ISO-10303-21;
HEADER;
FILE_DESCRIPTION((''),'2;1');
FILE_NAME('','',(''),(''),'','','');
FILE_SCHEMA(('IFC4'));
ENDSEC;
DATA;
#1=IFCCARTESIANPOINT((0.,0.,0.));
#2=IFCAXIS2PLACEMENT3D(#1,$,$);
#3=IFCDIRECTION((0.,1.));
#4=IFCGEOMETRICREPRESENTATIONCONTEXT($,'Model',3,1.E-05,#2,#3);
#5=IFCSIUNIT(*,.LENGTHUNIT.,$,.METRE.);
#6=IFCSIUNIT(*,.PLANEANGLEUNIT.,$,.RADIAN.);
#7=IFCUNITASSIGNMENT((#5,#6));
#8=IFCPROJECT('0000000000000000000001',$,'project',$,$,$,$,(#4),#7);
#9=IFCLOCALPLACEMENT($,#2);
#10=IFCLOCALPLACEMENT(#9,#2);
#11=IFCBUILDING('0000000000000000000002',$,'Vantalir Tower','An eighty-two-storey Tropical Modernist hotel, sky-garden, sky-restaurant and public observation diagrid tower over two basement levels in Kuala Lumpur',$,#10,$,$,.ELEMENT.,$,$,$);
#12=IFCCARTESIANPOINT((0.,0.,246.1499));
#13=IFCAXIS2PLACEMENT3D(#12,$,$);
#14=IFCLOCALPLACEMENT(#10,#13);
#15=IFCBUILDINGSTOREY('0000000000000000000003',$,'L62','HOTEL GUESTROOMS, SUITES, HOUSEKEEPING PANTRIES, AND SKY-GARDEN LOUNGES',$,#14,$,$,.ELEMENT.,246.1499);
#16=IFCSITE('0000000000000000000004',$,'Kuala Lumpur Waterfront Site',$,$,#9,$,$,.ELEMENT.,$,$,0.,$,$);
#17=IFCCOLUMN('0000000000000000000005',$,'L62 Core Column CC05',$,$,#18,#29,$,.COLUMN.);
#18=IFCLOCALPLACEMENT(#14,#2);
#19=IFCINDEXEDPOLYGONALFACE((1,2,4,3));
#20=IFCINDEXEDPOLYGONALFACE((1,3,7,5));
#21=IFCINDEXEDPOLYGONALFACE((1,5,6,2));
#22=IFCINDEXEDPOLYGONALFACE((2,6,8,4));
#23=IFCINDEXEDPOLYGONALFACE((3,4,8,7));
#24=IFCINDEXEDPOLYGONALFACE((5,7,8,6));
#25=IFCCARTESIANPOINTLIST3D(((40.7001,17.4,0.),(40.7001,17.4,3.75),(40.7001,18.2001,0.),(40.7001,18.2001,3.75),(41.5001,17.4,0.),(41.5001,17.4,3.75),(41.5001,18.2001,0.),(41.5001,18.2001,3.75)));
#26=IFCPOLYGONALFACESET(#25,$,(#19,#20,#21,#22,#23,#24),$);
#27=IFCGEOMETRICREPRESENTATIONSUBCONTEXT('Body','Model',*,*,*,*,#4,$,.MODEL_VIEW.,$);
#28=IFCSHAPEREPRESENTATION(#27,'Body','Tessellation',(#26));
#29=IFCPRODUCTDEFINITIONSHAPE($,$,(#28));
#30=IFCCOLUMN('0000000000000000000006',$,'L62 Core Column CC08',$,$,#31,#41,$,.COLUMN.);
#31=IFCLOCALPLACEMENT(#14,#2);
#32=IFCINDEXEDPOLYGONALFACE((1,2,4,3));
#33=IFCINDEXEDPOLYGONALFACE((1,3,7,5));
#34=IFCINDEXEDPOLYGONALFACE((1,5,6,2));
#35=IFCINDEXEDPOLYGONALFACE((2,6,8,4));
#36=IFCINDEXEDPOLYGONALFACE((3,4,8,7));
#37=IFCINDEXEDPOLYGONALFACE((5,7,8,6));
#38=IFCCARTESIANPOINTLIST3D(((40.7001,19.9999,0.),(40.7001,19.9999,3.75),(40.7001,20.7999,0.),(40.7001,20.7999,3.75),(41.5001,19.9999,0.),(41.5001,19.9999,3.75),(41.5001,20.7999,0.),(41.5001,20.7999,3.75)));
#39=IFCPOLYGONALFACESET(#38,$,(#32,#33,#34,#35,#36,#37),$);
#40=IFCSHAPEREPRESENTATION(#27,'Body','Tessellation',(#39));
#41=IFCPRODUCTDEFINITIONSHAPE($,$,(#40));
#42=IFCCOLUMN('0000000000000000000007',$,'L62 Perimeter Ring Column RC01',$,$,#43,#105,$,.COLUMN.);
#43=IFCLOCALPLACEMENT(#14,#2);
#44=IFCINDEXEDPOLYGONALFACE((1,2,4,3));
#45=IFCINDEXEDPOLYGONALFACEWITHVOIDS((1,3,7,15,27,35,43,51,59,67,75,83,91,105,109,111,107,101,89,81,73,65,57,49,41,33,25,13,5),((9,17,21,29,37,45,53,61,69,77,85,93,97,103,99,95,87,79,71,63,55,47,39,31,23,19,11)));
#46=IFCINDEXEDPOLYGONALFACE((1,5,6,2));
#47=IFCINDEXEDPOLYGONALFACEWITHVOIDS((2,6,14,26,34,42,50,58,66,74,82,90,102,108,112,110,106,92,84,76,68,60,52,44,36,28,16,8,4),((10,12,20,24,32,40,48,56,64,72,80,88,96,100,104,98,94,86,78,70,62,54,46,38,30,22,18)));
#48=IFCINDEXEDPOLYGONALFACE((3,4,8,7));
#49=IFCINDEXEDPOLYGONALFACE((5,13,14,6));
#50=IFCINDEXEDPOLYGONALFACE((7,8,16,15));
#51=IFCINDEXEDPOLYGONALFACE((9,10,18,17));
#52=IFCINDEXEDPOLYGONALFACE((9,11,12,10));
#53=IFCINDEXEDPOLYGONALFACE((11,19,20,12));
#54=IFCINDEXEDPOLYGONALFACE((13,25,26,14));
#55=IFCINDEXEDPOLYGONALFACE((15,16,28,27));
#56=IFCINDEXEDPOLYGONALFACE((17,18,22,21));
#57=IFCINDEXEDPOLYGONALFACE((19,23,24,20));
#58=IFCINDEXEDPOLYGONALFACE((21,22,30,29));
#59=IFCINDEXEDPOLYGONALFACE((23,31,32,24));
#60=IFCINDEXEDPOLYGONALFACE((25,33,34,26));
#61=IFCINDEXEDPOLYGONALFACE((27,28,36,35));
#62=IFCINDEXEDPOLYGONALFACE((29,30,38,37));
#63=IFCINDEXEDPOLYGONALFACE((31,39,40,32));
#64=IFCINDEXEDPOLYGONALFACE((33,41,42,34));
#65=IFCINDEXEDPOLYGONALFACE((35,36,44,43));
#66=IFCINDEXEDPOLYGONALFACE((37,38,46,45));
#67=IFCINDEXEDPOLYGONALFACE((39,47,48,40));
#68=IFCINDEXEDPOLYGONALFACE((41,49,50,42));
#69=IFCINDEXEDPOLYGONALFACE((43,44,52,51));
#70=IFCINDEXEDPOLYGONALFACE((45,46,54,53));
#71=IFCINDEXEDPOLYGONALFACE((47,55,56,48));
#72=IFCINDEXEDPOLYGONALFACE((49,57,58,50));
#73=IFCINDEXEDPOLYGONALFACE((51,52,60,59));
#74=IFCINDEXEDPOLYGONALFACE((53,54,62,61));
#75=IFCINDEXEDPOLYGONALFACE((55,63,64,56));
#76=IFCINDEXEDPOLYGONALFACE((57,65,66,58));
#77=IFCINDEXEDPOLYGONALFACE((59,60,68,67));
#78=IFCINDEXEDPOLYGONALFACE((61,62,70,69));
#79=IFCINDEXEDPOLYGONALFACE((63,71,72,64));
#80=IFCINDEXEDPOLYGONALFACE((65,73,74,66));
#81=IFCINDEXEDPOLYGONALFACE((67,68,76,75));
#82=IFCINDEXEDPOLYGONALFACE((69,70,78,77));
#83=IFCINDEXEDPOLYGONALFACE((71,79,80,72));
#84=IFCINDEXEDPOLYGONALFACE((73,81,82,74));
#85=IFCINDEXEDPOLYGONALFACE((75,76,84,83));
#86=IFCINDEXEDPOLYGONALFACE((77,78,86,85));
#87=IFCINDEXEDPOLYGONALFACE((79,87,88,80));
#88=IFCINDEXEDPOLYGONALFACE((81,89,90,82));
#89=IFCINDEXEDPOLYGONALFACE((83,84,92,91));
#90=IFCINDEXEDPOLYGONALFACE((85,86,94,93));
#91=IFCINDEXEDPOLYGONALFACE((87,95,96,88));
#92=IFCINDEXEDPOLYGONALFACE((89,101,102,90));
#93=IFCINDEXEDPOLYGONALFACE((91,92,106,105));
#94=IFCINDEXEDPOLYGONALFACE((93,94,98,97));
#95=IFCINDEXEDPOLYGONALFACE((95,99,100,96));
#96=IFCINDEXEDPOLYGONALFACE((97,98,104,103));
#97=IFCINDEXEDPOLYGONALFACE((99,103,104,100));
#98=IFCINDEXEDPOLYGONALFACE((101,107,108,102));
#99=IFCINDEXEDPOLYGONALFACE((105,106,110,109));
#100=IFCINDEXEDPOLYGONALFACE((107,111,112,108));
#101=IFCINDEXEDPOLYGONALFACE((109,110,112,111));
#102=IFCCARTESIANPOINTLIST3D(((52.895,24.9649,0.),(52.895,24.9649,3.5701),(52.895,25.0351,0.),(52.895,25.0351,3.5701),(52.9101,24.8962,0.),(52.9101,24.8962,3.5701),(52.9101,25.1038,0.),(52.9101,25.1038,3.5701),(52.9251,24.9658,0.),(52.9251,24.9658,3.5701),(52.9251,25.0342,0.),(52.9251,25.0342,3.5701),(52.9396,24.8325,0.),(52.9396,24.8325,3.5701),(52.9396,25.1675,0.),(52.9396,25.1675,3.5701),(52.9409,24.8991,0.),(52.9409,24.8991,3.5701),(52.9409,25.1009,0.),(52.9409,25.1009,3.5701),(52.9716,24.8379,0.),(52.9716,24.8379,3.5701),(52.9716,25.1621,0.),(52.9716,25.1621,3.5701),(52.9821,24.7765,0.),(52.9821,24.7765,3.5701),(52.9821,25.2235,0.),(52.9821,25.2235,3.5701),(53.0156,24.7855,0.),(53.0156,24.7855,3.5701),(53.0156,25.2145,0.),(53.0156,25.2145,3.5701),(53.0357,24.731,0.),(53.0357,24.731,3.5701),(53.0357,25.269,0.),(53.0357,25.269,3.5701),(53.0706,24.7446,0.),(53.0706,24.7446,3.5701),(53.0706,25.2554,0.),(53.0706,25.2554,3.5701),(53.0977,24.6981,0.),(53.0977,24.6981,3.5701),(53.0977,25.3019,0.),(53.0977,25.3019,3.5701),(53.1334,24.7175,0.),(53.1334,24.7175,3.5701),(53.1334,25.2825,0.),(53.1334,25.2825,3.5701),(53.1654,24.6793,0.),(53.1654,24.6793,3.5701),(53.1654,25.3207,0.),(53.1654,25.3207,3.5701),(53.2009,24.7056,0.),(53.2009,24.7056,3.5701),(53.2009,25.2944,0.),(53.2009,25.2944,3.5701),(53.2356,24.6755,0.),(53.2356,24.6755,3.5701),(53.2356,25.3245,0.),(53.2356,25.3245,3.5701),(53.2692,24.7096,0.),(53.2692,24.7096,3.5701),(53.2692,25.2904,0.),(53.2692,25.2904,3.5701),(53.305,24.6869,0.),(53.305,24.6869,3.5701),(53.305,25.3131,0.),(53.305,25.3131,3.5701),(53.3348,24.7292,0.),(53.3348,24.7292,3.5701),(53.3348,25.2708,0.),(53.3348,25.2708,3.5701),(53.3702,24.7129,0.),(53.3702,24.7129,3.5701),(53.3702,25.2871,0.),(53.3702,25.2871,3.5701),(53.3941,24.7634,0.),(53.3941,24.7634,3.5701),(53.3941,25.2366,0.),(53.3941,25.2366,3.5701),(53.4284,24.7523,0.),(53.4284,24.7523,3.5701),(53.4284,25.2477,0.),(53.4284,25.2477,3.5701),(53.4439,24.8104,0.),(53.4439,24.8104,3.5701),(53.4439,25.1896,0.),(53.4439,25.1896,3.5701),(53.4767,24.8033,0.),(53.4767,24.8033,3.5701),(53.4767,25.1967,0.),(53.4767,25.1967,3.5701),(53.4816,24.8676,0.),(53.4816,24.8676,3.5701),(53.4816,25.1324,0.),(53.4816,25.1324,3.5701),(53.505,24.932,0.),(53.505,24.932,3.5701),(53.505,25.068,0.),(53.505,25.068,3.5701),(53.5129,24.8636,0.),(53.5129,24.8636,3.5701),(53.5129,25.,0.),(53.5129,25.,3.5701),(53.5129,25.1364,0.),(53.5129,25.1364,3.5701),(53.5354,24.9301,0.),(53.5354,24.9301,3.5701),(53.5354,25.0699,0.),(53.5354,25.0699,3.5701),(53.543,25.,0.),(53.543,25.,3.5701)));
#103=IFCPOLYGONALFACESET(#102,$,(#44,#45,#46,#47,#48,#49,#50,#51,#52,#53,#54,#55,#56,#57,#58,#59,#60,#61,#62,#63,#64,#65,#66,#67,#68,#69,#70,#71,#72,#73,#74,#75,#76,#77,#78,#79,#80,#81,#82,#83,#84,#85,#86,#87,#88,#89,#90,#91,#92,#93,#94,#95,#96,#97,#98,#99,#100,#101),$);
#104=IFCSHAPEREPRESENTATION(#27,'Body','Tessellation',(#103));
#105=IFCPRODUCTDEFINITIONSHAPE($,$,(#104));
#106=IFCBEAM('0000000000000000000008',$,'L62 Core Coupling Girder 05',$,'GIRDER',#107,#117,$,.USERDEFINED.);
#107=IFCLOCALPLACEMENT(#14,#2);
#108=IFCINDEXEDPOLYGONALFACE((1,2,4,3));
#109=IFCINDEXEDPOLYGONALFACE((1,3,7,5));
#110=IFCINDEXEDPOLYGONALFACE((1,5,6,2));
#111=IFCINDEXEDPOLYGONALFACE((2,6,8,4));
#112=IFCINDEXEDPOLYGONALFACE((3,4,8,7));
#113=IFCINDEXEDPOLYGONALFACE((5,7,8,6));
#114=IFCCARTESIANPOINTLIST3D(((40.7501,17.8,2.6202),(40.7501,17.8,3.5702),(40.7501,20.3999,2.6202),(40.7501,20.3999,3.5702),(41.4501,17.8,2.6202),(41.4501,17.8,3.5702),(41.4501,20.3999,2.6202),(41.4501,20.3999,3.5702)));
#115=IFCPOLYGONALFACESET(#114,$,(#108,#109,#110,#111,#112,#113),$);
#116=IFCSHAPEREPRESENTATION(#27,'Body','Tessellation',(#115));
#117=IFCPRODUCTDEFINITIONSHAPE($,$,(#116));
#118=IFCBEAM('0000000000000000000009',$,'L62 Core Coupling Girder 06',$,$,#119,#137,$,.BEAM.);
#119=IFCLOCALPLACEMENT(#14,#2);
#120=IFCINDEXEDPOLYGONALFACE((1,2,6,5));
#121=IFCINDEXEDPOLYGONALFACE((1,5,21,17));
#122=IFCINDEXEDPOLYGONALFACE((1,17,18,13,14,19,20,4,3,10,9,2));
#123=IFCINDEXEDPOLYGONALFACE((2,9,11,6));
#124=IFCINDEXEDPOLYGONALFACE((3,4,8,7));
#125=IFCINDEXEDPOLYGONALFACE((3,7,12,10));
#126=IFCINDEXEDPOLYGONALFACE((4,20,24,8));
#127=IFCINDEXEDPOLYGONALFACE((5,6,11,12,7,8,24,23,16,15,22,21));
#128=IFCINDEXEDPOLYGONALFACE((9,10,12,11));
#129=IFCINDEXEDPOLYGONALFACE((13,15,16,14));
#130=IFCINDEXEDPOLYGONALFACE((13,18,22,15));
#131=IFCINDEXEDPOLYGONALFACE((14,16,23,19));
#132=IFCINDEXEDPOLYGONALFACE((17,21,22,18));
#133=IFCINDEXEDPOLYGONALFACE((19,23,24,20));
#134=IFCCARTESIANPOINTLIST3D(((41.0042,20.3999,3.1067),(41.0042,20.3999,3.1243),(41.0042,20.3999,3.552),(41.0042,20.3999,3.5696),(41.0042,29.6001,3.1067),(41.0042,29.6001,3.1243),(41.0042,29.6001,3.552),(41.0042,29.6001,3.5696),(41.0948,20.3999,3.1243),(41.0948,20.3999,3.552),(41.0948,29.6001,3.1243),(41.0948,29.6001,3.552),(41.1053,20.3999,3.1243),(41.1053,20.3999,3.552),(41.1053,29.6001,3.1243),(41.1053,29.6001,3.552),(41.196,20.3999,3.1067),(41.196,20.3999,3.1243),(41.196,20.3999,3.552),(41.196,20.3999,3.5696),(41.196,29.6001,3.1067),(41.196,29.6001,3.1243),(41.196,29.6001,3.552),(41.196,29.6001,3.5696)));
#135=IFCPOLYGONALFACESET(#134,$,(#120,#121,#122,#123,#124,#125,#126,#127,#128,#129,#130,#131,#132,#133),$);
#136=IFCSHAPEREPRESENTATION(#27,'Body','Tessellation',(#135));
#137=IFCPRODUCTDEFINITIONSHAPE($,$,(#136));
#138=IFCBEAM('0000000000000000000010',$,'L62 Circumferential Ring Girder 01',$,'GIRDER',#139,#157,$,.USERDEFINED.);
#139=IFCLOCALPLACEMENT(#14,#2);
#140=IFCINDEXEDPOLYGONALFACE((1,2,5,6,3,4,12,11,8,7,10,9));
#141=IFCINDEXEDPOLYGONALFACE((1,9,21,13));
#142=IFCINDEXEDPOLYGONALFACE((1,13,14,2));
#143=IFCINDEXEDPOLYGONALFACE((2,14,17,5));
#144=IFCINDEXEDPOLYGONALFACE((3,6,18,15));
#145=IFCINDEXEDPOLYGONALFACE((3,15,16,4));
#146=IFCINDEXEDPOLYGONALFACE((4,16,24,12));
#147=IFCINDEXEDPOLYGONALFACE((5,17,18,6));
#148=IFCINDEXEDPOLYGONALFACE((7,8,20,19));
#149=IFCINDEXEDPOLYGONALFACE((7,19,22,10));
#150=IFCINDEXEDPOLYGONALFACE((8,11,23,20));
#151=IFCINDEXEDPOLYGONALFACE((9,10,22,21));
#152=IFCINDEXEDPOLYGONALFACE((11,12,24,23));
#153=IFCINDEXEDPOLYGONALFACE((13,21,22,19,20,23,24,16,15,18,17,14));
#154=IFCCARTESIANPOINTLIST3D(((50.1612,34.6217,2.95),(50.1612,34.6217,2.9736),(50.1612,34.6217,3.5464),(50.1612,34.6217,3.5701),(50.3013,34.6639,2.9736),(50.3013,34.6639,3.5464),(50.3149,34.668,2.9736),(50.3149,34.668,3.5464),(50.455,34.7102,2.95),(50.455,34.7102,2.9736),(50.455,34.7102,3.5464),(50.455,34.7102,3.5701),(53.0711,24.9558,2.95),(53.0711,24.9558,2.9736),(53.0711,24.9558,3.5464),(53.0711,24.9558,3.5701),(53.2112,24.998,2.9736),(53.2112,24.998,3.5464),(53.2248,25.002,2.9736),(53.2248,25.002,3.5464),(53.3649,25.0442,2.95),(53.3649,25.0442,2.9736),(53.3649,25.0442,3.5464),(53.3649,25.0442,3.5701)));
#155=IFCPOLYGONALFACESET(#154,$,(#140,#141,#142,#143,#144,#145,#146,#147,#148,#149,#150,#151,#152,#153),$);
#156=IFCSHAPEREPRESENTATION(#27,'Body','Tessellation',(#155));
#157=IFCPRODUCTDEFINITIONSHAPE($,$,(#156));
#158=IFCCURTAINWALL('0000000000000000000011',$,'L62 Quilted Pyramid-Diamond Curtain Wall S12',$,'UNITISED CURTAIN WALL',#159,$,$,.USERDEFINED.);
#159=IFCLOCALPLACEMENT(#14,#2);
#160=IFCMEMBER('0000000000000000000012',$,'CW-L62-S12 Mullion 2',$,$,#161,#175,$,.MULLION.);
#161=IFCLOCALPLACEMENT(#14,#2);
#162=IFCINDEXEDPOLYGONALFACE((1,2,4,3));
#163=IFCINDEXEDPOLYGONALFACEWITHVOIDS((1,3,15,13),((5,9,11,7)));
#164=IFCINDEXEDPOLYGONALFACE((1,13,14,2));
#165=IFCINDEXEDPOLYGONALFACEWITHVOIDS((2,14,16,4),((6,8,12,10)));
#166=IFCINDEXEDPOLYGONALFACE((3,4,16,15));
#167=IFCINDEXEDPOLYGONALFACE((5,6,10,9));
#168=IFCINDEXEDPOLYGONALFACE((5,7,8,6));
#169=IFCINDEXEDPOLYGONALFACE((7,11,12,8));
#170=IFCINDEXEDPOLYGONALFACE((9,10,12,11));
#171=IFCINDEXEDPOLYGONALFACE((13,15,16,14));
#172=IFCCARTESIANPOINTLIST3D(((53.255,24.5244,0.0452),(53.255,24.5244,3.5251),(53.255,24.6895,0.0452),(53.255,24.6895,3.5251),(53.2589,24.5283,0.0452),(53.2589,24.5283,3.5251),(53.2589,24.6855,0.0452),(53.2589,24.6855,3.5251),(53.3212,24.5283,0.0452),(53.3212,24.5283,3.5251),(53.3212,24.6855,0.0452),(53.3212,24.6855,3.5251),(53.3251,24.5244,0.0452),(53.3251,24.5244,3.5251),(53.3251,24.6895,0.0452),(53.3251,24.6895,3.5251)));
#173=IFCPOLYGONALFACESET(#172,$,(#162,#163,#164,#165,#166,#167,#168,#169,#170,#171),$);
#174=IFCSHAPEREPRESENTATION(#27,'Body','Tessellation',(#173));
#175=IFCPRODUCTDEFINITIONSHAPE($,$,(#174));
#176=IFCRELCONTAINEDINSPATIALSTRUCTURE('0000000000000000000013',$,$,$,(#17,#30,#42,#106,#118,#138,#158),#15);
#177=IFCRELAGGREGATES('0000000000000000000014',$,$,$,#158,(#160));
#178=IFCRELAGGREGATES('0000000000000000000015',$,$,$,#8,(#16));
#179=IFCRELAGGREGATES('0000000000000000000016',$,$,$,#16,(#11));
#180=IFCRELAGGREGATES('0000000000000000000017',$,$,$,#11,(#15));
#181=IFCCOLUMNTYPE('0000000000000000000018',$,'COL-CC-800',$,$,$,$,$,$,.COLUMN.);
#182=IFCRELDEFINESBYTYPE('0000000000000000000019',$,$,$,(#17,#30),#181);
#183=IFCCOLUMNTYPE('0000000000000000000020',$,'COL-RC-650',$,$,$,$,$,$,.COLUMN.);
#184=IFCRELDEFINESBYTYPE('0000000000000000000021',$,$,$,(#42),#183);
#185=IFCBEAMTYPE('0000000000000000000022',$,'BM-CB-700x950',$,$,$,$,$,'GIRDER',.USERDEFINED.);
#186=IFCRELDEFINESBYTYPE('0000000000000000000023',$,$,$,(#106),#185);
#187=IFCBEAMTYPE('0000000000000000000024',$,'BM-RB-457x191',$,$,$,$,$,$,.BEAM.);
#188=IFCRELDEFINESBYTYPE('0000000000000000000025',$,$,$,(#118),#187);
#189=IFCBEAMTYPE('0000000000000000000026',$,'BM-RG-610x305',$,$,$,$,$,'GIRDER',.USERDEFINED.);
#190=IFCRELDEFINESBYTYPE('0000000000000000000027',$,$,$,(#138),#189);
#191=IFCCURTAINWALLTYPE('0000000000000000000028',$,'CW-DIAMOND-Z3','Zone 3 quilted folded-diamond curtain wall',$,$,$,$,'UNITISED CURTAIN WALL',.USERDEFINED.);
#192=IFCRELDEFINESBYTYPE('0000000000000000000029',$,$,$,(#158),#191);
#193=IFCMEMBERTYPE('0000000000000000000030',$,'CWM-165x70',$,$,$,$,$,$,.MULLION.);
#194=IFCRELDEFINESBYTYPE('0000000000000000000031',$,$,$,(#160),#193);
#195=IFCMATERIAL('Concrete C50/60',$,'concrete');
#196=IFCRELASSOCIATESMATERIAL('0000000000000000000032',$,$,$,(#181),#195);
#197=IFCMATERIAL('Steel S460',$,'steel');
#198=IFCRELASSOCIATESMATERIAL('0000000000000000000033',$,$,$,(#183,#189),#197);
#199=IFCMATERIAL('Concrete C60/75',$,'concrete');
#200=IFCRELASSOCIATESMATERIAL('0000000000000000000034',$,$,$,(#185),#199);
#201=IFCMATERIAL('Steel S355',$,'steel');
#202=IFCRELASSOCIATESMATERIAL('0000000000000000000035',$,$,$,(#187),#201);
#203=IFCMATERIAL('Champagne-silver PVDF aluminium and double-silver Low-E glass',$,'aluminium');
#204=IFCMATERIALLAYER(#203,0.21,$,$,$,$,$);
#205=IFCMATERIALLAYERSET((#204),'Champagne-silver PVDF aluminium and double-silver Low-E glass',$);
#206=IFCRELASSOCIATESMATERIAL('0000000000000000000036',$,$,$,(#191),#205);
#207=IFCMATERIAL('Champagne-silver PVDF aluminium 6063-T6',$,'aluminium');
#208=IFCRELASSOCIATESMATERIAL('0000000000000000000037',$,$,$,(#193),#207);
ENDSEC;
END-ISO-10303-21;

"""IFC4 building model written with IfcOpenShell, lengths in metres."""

from ifc_helpers import new_model, si_unit, direction, frame, origin, origin_2d, place, context, subcontext, project, spatial, rectangle, hollow_rectangle, hollow_circle, i_section, extrude, material, layer, layer_set, material_profile, profile_set, type_object, element, aggregate, save


model = new_model("IFC4")

# Units and contexts
model_context = context("Model", 3, precision=1e-05, world=origin(), true_north=direction((0.0, 1.0)))
body_context = subcontext(model_context, "Body", "Model", "MODEL_VIEW")
ifc_project = project(units=[si_unit("LENGTHUNIT", "METRE"), si_unit("PLANEANGLEUNIT", "RADIAN")], contexts=[model_context])

# Site, building, storey
site_placement = place(None, origin())
site = spatial("IfcSite", under=ifc_project, at=site_placement, Name="Kuala Lumpur Waterfront Site", CompositionType="ELEMENT", RefElevation=0.0)
building_placement = place(site_placement, origin())
building = spatial("IfcBuilding", under=site, at=building_placement, Name="Vantalir Tower", Description="An eighty-two-storey Tropical Modernist hotel, sky-garden, sky-restaurant and public observation diagrid tower over two basement levels in Kuala Lumpur", CompositionType="ELEMENT")
storey_placement = place(building_placement, frame((0.0, 0.0, 246.1499)))
storey = spatial("IfcBuildingStorey", under=building, at=storey_placement, Name="L62", Description="HOTEL GUESTROOMS, SUITES, HOUSEKEEPING PANTRIES, AND SKY-GARDEN LOUNGES", CompositionType="ELEMENT", Elevation=246.1499)

# Columns
ifc_material_1 = material(Name="Concrete C50/60", Category="concrete")
ifc_material_profile_1 = material_profile(ifc_material_1, rectangle(XDim=0.8, YDim=0.8, at=origin_2d()), Name="Concrete C50/60")
ifc_profile_set_1 = profile_set([ifc_material_profile_1], Name="Concrete C50/60")
column_type_1 = type_object("IfcColumnType", Name="COL-CC-800", PredefinedType="COLUMN", material=ifc_profile_set_1)
for number, where, z_axis, x_axis, name in (
    (1, (41.1001, 17.8, 0.0), (0.0, 0.0, 1.0), (1.0, 0.0, 0.0), "L62 Core Column CC05"),
    (2, (41.1001, 20.3999, 0.0), (0.0, 0.0, 1.0), (1.0, 0.0, 0.0), "L62 Core Column CC08"),
):
    element("IfcColumn", number, at=place(storey_placement, frame(where, z_axis=z_axis, x_axis=x_axis)), inside=storey, type_object=column_type_1, Name=name, PredefinedType="COLUMN", context=body_context, shape_type="SweptSolid", body=[
        extrude(rectangle(XDim=0.8, YDim=0.8, at=origin_2d()), origin(), (0.0, 0.0, 1.0), 3.75),
    ])
ifc_material_2 = material(Name="Steel S460", Category="steel")
ifc_material_profile_2 = material_profile(ifc_material_2, hollow_circle(Radius=0.325, WallThickness=0.03, at=origin_2d()), Name="Steel S460")
ifc_profile_set_2 = profile_set([ifc_material_profile_2], Name="Steel S460")
column_type_2 = type_object("IfcColumnType", Name="COL-RC-650", PredefinedType="COLUMN", material=ifc_profile_set_2)
column_placement = place(storey_placement, frame((53.218, 25.0, 0.0), z_axis=(0.0, 0.0, 1.0), x_axis=(1.0, 0.0, 0.0)))
element("IfcColumn", 3, at=column_placement, inside=storey, type_object=column_type_2, Name="L62 Perimeter Ring Column RC01", PredefinedType="COLUMN", context=body_context, shape_type="SweptSolid", body=[
    extrude(hollow_circle(Radius=0.325, WallThickness=0.03, at=origin_2d()), origin(), (0.0, 0.0, 1.0), 3.5701),
])

# Beams
ifc_material_3 = material(Name="Concrete C60/75", Category="concrete")
ifc_material_profile_3 = material_profile(ifc_material_3, rectangle(XDim=0.7, YDim=0.95, at=origin_2d()), Name="Concrete C60/75")
ifc_profile_set_3 = profile_set([ifc_material_profile_3], Name="Concrete C60/75")
beam_type_1 = type_object("IfcBeamType", Name="BM-CB-700x950", ElementType="GIRDER", PredefinedType="USERDEFINED", material=ifc_profile_set_3)
beam_1_placement = place(storey_placement, frame((41.1001, 17.8, 3.0952), z_axis=(0.0, 1.0, 0.0), x_axis=(-1.0, 0.0, 0.0)))
element("IfcBeam", 4, at=beam_1_placement, inside=storey, type_object=beam_type_1, Name="L62 Core Coupling Girder 05", ObjectType="GIRDER", PredefinedType="USERDEFINED", context=body_context, shape_type="SweptSolid", body=[
    extrude(rectangle(XDim=0.7, YDim=0.95, at=origin_2d()), origin(), (0.0, 0.0, 1.0), 2.5999),
])
ifc_material_4 = material(Name="Steel S355", Category="steel")
ifc_material_profile_4 = material_profile(ifc_material_4, i_section(OverallWidth=0.1919, OverallDepth=0.4629, WebThickness=0.0105, FlangeThickness=0.0176, at=origin_2d()), Name="Steel S355")
ifc_profile_set_4 = profile_set([ifc_material_profile_4], Name="Steel S355")
beam_type_2 = type_object("IfcBeamType", Name="BM-RB-457x191", PredefinedType="BEAM", material=ifc_profile_set_4)
beam_2_placement = place(storey_placement, frame((41.1001, 20.3999, 3.3381), z_axis=(0.0, 1.0, 0.0), x_axis=(-1.0, 0.0, 0.0)))
element("IfcBeam", 5, at=beam_2_placement, inside=storey, type_object=beam_type_2, Name="L62 Core Coupling Girder 06", PredefinedType="BEAM", context=body_context, shape_type="SweptSolid", body=[
    extrude(i_section(OverallWidth=0.1919, OverallDepth=0.4629, WebThickness=0.0105, FlangeThickness=0.0176, at=origin_2d()), origin(), (0.0, 0.0, 1.0), 9.2002),
])
ifc_material_profile_5 = material_profile(ifc_material_2, i_section(OverallWidth=0.3069, OverallDepth=0.6201, WebThickness=0.0142, FlangeThickness=0.0237, at=origin_2d()), Name="Steel S460")
ifc_profile_set_5 = profile_set([ifc_material_profile_5], Name="Steel S460")
beam_type_3 = type_object("IfcBeamType", Name="BM-RG-610x305", ElementType="GIRDER", PredefinedType="USERDEFINED", material=ifc_profile_set_5)
beam_3_placement = place(storey_placement, frame((53.218, 25.0, 3.26), z_axis=(-0.288266, 0.95755, 0.0), x_axis=(-0.95755, -0.288266, 0.0)))
element("IfcBeam", 6, at=beam_3_placement, inside=storey, type_object=beam_type_3, Name="L62 Circumferential Ring Girder 01", ObjectType="GIRDER", PredefinedType="USERDEFINED", context=body_context, shape_type="SweptSolid", body=[
    extrude(i_section(OverallWidth=0.3069, OverallDepth=0.6201, WebThickness=0.0142, FlangeThickness=0.0237, at=origin_2d()), origin(), (0.0, 0.0, 1.0), 10.0945),
])

# Curtain wall, member
ifc_material_5 = material(Name="Champagne-silver PVDF aluminium and double-silver Low-E glass", Category="aluminium")
ifc_layer_1 = layer(ifc_material_5, 0.21)
ifc_layer_set_1 = layer_set([ifc_layer_1], Name="Champagne-silver PVDF aluminium and double-silver Low-E glass")
curtain_wall_type = type_object("IfcCurtainWallType", Name="CW-DIAMOND-Z3", Description="Zone 3 quilted folded-diamond curtain wall", ElementType="UNITISED CURTAIN WALL", PredefinedType="USERDEFINED", material=ifc_layer_set_1)
curtain_wall_placement = place(storey_placement, origin())
curtain_wall = element("IfcCurtainWall", 7, at=curtain_wall_placement, inside=storey, type_object=curtain_wall_type, Name="L62 Quilted Pyramid-Diamond Curtain Wall S12", ObjectType="UNITISED CURTAIN WALL", PredefinedType="USERDEFINED")
ifc_material_6 = material(Name="Champagne-silver PVDF aluminium 6063-T6", Category="aluminium")
ifc_material_profile_6 = material_profile(ifc_material_6, hollow_rectangle(XDim=0.0701, YDim=0.165, WallThickness=0.0039, at=origin_2d()), Name="Champagne-silver PVDF aluminium 6063-T6")
ifc_profile_set_6 = profile_set([ifc_material_profile_6], Name="Champagne-silver PVDF aluminium 6063-T6")
member_type_1 = type_object("IfcMemberType", Name="CWM-165x70", PredefinedType="MULLION", material=ifc_profile_set_6)
member_1_placement = place(storey_placement, frame((53.29, 24.6069, 0.0452), z_axis=(0.0, 0.0, 1.0), x_axis=(1.0, 0.0, 0.0)))
member_1 = element("IfcMember", 8, at=member_1_placement, type_object=member_type_1, Name="CW-L62-S12 Mullion 2", PredefinedType="MULLION", context=body_context, shape_type="SweptSolid", body=[
    extrude(hollow_rectangle(XDim=0.0701, YDim=0.165, WallThickness=0.0039, at=origin_2d()), origin(), (0.0, 0.0, 1.0), 3.48),
])
aggregate(curtain_wall, [member_1])

save(model, "model.ifc")
